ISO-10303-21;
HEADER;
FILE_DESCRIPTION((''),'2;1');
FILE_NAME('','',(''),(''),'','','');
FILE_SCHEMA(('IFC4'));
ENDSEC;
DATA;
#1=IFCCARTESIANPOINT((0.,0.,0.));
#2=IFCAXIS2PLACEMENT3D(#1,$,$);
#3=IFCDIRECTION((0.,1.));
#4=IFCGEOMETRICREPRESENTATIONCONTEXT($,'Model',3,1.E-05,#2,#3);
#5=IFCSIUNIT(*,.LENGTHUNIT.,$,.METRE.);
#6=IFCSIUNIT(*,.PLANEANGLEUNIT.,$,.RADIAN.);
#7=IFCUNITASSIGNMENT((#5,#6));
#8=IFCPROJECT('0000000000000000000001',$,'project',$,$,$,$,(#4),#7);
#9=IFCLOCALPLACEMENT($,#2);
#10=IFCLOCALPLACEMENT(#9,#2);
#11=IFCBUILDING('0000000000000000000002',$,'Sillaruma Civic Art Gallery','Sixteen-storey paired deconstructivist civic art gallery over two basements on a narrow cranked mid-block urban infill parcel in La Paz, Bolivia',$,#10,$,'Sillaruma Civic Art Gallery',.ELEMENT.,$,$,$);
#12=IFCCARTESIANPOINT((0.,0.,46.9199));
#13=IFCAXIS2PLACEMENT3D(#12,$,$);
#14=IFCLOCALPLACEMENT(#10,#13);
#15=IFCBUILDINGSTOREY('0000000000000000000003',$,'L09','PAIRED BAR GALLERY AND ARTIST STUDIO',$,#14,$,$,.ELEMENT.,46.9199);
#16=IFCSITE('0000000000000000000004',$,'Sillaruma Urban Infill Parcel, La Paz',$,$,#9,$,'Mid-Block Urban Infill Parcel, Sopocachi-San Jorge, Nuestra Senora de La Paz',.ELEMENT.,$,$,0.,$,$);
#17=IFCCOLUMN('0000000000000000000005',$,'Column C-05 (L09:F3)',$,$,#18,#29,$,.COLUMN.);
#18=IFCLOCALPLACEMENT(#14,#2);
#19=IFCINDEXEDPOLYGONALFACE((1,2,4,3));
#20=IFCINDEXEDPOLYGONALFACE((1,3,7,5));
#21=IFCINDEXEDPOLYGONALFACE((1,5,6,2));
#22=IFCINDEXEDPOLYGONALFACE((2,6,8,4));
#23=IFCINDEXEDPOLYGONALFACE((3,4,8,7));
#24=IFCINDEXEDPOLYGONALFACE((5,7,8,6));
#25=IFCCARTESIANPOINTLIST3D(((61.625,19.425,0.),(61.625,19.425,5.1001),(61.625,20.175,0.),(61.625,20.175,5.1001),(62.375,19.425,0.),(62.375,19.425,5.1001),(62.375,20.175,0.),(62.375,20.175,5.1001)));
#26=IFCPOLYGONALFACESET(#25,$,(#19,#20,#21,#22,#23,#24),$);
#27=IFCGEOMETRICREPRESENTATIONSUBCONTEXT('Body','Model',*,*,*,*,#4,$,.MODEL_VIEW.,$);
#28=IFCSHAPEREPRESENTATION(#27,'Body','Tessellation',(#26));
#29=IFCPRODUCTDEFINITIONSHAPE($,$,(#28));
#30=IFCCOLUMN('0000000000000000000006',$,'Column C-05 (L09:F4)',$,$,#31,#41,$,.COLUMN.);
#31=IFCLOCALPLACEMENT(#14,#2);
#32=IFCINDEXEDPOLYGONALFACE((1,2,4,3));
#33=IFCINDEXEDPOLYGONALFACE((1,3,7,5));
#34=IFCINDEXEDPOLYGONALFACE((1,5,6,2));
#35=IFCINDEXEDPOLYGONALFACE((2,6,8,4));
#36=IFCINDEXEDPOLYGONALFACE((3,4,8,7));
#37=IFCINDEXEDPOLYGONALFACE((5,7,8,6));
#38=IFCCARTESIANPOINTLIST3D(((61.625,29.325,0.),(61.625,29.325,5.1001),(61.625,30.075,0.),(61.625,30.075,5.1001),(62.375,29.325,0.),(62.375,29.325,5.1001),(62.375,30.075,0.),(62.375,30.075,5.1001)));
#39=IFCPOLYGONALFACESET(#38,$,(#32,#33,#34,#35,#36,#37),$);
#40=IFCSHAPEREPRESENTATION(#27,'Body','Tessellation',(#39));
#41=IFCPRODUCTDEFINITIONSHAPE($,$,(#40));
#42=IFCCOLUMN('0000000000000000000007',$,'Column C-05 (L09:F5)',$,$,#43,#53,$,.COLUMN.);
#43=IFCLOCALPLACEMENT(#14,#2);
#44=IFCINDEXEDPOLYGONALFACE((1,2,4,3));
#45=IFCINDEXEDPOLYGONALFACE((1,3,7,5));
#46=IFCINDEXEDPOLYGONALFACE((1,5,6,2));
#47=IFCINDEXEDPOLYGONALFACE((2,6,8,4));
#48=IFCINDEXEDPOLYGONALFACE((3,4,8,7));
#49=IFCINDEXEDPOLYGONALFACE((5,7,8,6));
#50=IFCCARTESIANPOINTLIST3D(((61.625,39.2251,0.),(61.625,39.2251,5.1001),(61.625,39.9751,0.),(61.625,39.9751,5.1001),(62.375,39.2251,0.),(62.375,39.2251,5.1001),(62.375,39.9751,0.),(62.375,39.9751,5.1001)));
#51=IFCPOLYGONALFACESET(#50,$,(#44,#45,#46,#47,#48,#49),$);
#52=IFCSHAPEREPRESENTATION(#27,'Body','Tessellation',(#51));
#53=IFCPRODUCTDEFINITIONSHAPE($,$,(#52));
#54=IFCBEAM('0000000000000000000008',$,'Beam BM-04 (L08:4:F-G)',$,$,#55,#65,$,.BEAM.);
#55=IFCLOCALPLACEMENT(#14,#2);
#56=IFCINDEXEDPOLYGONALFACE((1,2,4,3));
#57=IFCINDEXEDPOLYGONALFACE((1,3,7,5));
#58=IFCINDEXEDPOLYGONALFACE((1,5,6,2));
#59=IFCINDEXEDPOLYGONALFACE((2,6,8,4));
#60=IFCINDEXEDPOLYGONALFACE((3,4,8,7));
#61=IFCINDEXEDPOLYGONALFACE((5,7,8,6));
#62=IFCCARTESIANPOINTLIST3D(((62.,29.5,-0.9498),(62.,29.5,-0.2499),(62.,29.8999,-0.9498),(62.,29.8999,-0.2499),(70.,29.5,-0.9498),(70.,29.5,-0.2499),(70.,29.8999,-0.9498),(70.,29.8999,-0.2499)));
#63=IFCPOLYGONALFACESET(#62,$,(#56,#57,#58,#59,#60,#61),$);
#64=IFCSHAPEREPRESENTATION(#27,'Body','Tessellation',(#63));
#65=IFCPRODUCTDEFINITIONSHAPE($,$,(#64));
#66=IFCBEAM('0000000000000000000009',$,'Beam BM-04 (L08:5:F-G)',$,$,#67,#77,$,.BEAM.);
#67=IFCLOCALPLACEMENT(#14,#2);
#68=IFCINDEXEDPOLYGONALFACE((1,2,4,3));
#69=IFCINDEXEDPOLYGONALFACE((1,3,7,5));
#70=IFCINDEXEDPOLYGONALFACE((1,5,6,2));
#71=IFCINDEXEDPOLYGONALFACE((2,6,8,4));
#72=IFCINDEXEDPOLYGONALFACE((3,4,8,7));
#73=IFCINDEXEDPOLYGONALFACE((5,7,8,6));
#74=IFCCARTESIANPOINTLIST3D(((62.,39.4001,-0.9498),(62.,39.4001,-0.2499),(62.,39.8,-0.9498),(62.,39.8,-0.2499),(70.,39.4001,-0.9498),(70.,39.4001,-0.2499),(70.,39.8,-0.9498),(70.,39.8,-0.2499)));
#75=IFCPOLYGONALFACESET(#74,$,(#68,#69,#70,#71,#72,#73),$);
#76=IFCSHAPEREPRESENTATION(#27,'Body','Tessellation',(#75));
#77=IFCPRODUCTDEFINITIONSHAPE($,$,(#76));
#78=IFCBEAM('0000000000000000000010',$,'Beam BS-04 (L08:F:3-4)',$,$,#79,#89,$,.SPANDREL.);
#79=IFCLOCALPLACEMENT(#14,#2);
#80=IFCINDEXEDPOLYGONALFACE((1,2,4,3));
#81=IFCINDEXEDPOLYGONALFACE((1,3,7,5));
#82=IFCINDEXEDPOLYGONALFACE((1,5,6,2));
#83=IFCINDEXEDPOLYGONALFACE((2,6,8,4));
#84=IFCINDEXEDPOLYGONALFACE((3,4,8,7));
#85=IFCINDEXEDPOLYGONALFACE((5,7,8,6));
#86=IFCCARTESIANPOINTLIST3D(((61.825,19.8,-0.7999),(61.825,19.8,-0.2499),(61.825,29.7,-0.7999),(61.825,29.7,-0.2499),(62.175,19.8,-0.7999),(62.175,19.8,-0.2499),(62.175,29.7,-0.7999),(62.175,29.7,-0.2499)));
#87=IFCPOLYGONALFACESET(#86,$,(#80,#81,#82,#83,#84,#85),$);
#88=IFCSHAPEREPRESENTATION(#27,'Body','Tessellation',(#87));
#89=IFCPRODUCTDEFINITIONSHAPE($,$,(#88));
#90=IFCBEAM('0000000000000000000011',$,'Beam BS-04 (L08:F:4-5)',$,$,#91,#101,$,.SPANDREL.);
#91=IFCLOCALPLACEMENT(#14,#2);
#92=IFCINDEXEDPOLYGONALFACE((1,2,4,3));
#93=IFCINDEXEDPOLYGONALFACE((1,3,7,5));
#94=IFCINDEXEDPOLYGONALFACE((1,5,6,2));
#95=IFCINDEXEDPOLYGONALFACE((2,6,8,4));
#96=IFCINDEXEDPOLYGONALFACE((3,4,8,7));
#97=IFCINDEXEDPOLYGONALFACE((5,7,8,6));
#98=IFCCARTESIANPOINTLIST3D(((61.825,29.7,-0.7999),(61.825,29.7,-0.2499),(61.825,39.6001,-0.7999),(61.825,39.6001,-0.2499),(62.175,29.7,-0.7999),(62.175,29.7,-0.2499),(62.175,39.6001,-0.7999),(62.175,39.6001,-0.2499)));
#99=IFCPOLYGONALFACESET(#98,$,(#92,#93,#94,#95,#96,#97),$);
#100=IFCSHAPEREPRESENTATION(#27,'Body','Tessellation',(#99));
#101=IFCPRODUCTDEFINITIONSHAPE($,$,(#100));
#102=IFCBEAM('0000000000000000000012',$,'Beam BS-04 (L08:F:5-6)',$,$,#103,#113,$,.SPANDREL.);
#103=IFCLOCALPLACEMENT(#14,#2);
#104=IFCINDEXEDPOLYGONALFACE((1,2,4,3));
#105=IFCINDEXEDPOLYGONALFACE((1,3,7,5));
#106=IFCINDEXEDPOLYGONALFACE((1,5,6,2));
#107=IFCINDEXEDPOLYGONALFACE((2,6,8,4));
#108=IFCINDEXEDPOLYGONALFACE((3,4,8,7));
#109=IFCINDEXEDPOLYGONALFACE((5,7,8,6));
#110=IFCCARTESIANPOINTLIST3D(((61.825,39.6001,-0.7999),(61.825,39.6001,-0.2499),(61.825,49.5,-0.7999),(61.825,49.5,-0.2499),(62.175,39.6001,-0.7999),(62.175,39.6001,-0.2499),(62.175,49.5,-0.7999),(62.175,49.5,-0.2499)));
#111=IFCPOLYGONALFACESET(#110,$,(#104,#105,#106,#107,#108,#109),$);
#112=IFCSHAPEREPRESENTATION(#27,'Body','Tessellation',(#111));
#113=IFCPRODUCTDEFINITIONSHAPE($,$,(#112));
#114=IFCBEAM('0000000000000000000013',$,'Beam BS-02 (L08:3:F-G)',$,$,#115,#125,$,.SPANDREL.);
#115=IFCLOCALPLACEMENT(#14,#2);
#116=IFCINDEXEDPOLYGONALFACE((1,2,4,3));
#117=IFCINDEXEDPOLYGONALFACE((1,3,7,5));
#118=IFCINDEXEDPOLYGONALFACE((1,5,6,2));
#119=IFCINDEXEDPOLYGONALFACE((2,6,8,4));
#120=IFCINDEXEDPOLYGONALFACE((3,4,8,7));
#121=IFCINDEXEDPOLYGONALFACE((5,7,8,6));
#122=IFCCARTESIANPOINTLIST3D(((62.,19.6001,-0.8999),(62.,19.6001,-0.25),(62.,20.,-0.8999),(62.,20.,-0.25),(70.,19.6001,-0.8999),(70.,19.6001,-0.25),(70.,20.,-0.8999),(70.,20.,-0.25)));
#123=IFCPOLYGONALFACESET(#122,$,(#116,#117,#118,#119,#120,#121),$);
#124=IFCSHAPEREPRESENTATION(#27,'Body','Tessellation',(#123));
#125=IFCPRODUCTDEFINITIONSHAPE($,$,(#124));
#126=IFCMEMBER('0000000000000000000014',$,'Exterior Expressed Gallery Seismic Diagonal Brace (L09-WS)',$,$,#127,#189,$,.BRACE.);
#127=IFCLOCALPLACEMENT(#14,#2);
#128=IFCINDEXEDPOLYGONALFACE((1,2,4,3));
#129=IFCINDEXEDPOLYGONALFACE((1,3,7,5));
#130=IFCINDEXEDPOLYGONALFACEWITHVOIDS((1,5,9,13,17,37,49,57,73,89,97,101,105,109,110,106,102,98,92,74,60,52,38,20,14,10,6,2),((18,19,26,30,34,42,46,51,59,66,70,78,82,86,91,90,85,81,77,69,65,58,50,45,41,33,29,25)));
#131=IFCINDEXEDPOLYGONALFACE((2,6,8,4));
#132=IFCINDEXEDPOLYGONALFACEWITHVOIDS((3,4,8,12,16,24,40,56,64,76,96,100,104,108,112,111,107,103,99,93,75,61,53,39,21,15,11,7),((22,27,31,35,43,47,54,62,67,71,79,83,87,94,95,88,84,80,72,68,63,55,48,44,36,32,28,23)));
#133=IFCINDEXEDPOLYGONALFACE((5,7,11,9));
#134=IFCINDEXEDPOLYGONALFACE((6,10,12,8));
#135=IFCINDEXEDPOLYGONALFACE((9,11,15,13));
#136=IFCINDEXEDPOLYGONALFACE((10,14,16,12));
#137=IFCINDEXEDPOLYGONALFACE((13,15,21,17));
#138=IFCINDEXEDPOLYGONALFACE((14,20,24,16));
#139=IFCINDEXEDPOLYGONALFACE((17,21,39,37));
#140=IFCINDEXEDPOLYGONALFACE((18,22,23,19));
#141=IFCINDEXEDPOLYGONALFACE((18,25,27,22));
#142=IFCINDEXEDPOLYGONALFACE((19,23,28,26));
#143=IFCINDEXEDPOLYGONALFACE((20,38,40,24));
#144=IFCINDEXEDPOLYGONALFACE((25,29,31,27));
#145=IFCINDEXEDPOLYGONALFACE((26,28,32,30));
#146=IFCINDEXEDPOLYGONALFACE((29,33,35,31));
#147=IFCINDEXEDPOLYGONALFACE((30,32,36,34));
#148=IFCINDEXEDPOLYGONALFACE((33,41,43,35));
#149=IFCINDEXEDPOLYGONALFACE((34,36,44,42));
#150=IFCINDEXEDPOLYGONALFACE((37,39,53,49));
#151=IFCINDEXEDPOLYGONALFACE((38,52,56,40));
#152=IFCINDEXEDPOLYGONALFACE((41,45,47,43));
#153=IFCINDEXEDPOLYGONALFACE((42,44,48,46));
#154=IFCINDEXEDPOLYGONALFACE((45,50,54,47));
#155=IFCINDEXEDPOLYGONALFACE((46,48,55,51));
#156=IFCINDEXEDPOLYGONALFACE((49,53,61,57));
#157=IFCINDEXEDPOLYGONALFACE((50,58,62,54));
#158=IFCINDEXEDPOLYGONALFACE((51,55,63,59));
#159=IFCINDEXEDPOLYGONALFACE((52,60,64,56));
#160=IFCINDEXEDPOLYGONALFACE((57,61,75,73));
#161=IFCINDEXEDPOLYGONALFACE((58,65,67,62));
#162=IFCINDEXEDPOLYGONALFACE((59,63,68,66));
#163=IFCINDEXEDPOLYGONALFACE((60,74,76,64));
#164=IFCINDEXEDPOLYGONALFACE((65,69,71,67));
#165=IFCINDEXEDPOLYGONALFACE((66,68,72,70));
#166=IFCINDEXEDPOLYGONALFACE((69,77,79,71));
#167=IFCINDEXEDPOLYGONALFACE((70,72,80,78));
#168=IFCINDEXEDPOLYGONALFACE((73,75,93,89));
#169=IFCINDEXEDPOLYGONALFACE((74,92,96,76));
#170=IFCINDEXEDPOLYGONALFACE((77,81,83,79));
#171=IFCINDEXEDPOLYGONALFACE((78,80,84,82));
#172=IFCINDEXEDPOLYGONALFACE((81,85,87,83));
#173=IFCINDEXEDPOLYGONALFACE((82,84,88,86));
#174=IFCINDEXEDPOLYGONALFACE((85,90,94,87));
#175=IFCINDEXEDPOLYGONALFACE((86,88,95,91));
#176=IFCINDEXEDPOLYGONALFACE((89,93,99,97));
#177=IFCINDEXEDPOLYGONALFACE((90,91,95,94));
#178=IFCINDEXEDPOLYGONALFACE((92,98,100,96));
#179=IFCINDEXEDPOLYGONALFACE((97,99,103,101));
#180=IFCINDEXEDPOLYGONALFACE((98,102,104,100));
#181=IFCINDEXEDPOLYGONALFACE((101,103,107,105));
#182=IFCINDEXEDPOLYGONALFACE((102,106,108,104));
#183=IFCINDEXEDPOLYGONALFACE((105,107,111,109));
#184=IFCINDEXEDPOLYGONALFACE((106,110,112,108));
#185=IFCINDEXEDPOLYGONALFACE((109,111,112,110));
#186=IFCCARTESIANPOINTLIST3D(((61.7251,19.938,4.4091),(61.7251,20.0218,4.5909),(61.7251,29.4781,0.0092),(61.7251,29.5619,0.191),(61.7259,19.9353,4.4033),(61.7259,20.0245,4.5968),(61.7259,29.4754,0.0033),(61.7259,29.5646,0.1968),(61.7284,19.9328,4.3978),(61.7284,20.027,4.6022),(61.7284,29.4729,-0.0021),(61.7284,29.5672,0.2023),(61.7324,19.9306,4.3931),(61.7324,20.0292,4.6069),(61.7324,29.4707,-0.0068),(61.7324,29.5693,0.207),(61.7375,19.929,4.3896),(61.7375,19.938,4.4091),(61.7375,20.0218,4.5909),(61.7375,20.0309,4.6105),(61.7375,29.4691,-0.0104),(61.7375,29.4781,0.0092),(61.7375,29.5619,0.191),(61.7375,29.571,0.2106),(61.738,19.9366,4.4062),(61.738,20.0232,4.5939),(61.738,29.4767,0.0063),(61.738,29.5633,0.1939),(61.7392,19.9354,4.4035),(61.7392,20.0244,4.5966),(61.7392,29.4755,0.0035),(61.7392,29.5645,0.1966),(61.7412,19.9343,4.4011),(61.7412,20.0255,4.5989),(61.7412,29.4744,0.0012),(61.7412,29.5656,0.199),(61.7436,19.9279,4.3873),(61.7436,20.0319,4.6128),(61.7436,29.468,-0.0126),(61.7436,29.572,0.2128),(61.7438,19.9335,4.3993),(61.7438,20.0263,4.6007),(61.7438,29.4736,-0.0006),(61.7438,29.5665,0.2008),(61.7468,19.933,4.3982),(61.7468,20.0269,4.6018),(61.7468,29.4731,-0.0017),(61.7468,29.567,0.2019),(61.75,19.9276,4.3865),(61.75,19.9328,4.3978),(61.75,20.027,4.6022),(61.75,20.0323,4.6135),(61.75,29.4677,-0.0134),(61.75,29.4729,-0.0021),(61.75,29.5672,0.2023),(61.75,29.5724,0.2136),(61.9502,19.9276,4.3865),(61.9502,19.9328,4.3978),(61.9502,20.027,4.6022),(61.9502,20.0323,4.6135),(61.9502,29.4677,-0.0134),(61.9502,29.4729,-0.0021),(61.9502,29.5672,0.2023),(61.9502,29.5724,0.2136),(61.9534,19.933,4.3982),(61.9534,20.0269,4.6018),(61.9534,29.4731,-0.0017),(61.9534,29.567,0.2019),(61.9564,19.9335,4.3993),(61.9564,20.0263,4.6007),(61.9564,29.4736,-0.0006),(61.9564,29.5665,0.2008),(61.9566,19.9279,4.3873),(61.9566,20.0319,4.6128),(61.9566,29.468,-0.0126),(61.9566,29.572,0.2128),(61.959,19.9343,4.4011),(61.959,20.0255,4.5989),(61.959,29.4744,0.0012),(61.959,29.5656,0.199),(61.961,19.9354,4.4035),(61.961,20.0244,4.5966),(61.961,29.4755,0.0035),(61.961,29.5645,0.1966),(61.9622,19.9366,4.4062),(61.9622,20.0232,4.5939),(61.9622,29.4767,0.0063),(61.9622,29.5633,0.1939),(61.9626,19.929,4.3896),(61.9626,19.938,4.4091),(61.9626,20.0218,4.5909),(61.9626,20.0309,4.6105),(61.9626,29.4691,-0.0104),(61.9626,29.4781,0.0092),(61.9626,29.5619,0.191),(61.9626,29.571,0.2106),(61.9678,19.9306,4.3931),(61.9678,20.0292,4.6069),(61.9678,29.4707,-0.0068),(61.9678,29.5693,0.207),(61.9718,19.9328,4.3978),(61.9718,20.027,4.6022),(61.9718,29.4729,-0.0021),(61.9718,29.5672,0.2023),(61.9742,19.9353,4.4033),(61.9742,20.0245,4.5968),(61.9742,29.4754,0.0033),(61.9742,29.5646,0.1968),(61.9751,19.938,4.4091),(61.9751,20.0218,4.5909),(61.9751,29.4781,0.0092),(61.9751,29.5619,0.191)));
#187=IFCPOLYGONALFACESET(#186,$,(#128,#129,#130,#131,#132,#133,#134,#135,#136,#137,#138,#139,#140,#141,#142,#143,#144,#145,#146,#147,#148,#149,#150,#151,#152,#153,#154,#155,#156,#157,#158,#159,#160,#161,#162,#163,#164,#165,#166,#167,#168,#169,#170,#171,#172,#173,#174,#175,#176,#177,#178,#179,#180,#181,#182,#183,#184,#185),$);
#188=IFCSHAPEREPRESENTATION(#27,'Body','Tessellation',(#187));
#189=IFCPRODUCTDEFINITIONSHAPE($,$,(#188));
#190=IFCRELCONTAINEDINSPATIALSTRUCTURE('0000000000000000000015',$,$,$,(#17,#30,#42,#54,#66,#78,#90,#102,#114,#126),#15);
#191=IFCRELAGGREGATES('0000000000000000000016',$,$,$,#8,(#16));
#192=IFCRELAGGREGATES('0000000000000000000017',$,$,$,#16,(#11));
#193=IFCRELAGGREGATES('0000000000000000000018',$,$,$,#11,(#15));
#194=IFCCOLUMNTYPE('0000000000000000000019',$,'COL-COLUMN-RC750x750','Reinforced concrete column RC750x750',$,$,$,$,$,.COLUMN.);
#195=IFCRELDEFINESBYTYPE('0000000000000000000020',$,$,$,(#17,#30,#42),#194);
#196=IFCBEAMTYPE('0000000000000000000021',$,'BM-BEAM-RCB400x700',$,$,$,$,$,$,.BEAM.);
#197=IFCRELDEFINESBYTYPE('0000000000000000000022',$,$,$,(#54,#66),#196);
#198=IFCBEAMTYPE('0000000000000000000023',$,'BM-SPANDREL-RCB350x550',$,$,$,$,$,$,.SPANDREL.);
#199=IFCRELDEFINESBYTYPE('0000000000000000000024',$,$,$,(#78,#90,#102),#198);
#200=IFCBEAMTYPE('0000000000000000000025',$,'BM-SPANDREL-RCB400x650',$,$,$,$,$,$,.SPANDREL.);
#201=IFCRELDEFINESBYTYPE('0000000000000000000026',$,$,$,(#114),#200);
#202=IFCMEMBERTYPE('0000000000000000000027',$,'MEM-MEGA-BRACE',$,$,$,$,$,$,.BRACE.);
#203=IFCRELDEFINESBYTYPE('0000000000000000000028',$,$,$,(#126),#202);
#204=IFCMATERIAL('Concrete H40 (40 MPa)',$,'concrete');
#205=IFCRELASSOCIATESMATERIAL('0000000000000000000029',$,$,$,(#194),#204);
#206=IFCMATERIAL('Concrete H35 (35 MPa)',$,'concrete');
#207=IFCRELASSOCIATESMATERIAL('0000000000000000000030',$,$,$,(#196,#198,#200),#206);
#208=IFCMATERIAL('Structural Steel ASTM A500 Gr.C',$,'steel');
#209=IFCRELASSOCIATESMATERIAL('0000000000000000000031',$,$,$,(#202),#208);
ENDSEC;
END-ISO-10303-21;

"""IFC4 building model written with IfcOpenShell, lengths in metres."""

from ifc_helpers import new_model, si_unit, direction, frame, origin, origin_2d, place, context, subcontext, project, spatial, rectangle, hollow_rectangle, extrude, material, material_profile, profile_set, type_object, element, save


model = new_model("IFC4")

# Units and contexts
model_context = context("Model", 3, precision=1e-05, world=origin(), true_north=direction((0.0, 1.0)))
body_context = subcontext(model_context, "Body", "Model", "MODEL_VIEW")
ifc_project = project(units=[si_unit("LENGTHUNIT", "METRE"), si_unit("PLANEANGLEUNIT", "RADIAN")], contexts=[model_context])

# Site, building, storey
site_placement = place(None, origin())
site = spatial("IfcSite", under=ifc_project, at=site_placement, Name="Sillaruma Urban Infill Parcel, La Paz", LongName="Mid-Block Urban Infill Parcel, Sopocachi-San Jorge, Nuestra Senora de La Paz", CompositionType="ELEMENT", RefElevation=0.0)
building_placement = place(site_placement, origin())
building = spatial("IfcBuilding", under=site, at=building_placement, Name="Sillaruma Civic Art Gallery", Description="Sixteen-storey paired deconstructivist civic art gallery over two basements on a narrow cranked mid-block urban infill parcel in La Paz, Bolivia", LongName="Sillaruma Civic Art Gallery", CompositionType="ELEMENT")
storey_placement = place(building_placement, frame((0.0, 0.0, 46.9199)))
storey = spatial("IfcBuildingStorey", under=building, at=storey_placement, Name="L09", Description="PAIRED BAR GALLERY AND ARTIST STUDIO", CompositionType="ELEMENT", Elevation=46.9199)

# Columns
ifc_material_1 = material(Name="Concrete H40 (40 MPa)", Category="concrete")
ifc_material_profile_1 = material_profile(ifc_material_1, rectangle(XDim=0.75, YDim=0.75, at=origin_2d()), Name="RC750x750")
ifc_profile_set_1 = profile_set([ifc_material_profile_1], Name="Concrete H40 (40 MPa)")
column_type = type_object("IfcColumnType", Name="COL-COLUMN-RC750x750", Description="Reinforced concrete column RC750x750", PredefinedType="COLUMN", material=ifc_profile_set_1)
for number, where, z_axis, x_axis, name in (
    (1, (62.0, 19.8, 0.0), (0.0, 0.0, 1.0), (1.0, 0.0, 0.0), "Column C-05 (L09:F3)"),
    (2, (62.0, 29.7, 0.0), (0.0, 0.0, 1.0), (1.0, 0.0, 0.0), "Column C-05 (L09:F4)"),
    (3, (62.0, 39.6001, 0.0), (0.0, 0.0, 1.0), (1.0, 0.0, 0.0), "Column C-05 (L09:F5)"),
):
    element("IfcColumn", number, at=place(storey_placement, frame(where, z_axis=z_axis, x_axis=x_axis)), inside=storey, type_object=column_type, Name=name, PredefinedType="COLUMN", context=body_context, shape_type="SweptSolid", body=[
        extrude(rectangle(XDim=0.75, YDim=0.75, at=origin_2d()), origin(), (0.0, 0.0, 1.0), 5.1001),
    ])

# Beams
ifc_material_2 = material(Name="Concrete H35 (35 MPa)", Category="concrete")
ifc_material_profile_2 = material_profile(ifc_material_2, rectangle(XDim=0.3999, YDim=0.7, at=origin_2d()), Name="RCB400x700")
ifc_profile_set_2 = profile_set([ifc_material_profile_2], Name="Concrete H35 (35 MPa)")
beam_type_1 = type_object("IfcBeamType", Name="BM-BEAM-RCB400x700", PredefinedType="BEAM", material=ifc_profile_set_2)
for number, where, z_axis, x_axis, name in (
    (4, (62.0, 29.7, -0.5999), (1.0, 0.0, 0.0), (0.0, 1.0, 0.0), "Beam BM-04 (L08:4:F-G)"),
    (5, (62.0, 39.6001, -0.5999), (1.0, 0.0, 0.0), (0.0, 1.0, 0.0), "Beam BM-04 (L08:5:F-G)"),
):
    element("IfcBeam", number, at=place(storey_placement, frame(where, z_axis=z_axis, x_axis=x_axis)), inside=storey, type_object=beam_type_1, Name=name, PredefinedType="BEAM", context=body_context, shape_type="SweptSolid", body=[
        extrude(rectangle(XDim=0.3999, YDim=0.7, at=origin_2d()), origin(), (0.0, 0.0, 1.0), 8.0),
    ])
ifc_material_profile_3 = material_profile(ifc_material_2, rectangle(XDim=0.3501, YDim=0.55, at=origin_2d()), Name="RCB350x550")
ifc_profile_set_3 = profile_set([ifc_material_profile_3], Name="Concrete H35 (35 MPa)")
beam_type_2 = type_object("IfcBeamType", Name="BM-SPANDREL-RCB350x550", PredefinedType="SPANDREL", material=ifc_profile_set_3)
beam_1_placement = place(storey_placement, frame((62.0, 19.8, -0.5249), z_axis=(0.0, 1.0, 0.0), x_axis=(-1.0, 0.0, 0.0)))
element("IfcBeam", 6, at=beam_1_placement, inside=storey, type_object=beam_type_2, Name="Beam BS-04 (L08:F:3-4)", PredefinedType="SPANDREL", context=body_context, shape_type="SweptSolid", body=[
    extrude(rectangle(XDim=0.3501, YDim=0.55, at=origin_2d()), origin(), (0.0, 0.0, 1.0), 9.8999),
])
beam_2_placement = place(storey_placement, frame((62.0, 29.7, -0.5249), z_axis=(0.0, 1.0, 0.0), x_axis=(-1.0, 0.0, 0.0)))
element("IfcBeam", 7, at=beam_2_placement, inside=storey, type_object=beam_type_2, Name="Beam BS-04 (L08:F:4-5)", PredefinedType="SPANDREL", context=body_context, shape_type="SweptSolid", body=[
    extrude(rectangle(XDim=0.3501, YDim=0.55, at=origin_2d()), origin(), (0.0, 0.0, 1.0), 9.9001),
])
beam_3_placement = place(storey_placement, frame((62.0, 39.6001, -0.5249), z_axis=(0.0, 1.0, 0.0), x_axis=(-1.0, 0.0, 0.0)))
element("IfcBeam", 8, at=beam_3_placement, inside=storey, type_object=beam_type_2, Name="Beam BS-04 (L08:F:5-6)", PredefinedType="SPANDREL", context=body_context, shape_type="SweptSolid", body=[
    extrude(rectangle(XDim=0.3501, YDim=0.55, at=origin_2d()), origin(), (0.0, 0.0, 1.0), 9.8999),
])
ifc_material_profile_4 = material_profile(ifc_material_2, rectangle(XDim=0.3999, YDim=0.6499, at=origin_2d()), Name="RCB400x650")
ifc_profile_set_4 = profile_set([ifc_material_profile_4], Name="Concrete H35 (35 MPa)")
beam_type_3 = type_object("IfcBeamType", Name="BM-SPANDREL-RCB400x650", PredefinedType="SPANDREL", material=ifc_profile_set_4)
beam_4_placement = place(storey_placement, frame((62.0, 19.8, -0.575), z_axis=(1.0, 0.0, 0.0), x_axis=(0.0, 1.0, 0.0)))
element("IfcBeam", 9, at=beam_4_placement, inside=storey, type_object=beam_type_3, Name="Beam BS-02 (L08:3:F-G)", PredefinedType="SPANDREL", context=body_context, shape_type="SweptSolid", body=[
    extrude(rectangle(XDim=0.3999, YDim=0.6499, at=origin_2d()), origin(), (0.0, 0.0, 1.0), 8.0),
])

# Member
ifc_material_3 = material(Name="Structural Steel ASTM A500 Gr.C", Category="steel")
ifc_material_profile_5 = material_profile(ifc_material_3, hollow_rectangle(XDim=0.25, YDim=0.25, WallThickness=0.0125, InnerFilletRadius=0.0125, OuterFilletRadius=0.0249, at=origin_2d()), Name="HSS250x250x12.5")
ifc_profile_set_5 = profile_set([ifc_material_profile_5], Name="Structural Steel ASTM A500 Gr.C")
member_type_1 = type_object("IfcMemberType", Name="MEM-MEGA-BRACE", PredefinedType="BRACE", material=ifc_profile_set_5)
member_1_placement = place(storey_placement, frame((61.8501, 29.52, 0.1001), z_axis=(0.0, -0.908075, 0.418808), x_axis=(1.0, 0.0, 0.0)))
element("IfcMember", 10, at=member_1_placement, inside=storey, type_object=member_type_1, Name="Exterior Expressed Gallery Seismic Diagonal Brace (L09-WS)", PredefinedType="BRACE", context=body_context, shape_type="SweptSolid", body=[
    extrude(hollow_rectangle(XDim=0.25, YDim=0.25, WallThickness=0.0125, InnerFilletRadius=0.0125, OuterFilletRadius=0.0249, at=origin_2d()), origin(), (0.0, 0.0, 1.0), 10.5059),
])

save(model, "model.ifc")
